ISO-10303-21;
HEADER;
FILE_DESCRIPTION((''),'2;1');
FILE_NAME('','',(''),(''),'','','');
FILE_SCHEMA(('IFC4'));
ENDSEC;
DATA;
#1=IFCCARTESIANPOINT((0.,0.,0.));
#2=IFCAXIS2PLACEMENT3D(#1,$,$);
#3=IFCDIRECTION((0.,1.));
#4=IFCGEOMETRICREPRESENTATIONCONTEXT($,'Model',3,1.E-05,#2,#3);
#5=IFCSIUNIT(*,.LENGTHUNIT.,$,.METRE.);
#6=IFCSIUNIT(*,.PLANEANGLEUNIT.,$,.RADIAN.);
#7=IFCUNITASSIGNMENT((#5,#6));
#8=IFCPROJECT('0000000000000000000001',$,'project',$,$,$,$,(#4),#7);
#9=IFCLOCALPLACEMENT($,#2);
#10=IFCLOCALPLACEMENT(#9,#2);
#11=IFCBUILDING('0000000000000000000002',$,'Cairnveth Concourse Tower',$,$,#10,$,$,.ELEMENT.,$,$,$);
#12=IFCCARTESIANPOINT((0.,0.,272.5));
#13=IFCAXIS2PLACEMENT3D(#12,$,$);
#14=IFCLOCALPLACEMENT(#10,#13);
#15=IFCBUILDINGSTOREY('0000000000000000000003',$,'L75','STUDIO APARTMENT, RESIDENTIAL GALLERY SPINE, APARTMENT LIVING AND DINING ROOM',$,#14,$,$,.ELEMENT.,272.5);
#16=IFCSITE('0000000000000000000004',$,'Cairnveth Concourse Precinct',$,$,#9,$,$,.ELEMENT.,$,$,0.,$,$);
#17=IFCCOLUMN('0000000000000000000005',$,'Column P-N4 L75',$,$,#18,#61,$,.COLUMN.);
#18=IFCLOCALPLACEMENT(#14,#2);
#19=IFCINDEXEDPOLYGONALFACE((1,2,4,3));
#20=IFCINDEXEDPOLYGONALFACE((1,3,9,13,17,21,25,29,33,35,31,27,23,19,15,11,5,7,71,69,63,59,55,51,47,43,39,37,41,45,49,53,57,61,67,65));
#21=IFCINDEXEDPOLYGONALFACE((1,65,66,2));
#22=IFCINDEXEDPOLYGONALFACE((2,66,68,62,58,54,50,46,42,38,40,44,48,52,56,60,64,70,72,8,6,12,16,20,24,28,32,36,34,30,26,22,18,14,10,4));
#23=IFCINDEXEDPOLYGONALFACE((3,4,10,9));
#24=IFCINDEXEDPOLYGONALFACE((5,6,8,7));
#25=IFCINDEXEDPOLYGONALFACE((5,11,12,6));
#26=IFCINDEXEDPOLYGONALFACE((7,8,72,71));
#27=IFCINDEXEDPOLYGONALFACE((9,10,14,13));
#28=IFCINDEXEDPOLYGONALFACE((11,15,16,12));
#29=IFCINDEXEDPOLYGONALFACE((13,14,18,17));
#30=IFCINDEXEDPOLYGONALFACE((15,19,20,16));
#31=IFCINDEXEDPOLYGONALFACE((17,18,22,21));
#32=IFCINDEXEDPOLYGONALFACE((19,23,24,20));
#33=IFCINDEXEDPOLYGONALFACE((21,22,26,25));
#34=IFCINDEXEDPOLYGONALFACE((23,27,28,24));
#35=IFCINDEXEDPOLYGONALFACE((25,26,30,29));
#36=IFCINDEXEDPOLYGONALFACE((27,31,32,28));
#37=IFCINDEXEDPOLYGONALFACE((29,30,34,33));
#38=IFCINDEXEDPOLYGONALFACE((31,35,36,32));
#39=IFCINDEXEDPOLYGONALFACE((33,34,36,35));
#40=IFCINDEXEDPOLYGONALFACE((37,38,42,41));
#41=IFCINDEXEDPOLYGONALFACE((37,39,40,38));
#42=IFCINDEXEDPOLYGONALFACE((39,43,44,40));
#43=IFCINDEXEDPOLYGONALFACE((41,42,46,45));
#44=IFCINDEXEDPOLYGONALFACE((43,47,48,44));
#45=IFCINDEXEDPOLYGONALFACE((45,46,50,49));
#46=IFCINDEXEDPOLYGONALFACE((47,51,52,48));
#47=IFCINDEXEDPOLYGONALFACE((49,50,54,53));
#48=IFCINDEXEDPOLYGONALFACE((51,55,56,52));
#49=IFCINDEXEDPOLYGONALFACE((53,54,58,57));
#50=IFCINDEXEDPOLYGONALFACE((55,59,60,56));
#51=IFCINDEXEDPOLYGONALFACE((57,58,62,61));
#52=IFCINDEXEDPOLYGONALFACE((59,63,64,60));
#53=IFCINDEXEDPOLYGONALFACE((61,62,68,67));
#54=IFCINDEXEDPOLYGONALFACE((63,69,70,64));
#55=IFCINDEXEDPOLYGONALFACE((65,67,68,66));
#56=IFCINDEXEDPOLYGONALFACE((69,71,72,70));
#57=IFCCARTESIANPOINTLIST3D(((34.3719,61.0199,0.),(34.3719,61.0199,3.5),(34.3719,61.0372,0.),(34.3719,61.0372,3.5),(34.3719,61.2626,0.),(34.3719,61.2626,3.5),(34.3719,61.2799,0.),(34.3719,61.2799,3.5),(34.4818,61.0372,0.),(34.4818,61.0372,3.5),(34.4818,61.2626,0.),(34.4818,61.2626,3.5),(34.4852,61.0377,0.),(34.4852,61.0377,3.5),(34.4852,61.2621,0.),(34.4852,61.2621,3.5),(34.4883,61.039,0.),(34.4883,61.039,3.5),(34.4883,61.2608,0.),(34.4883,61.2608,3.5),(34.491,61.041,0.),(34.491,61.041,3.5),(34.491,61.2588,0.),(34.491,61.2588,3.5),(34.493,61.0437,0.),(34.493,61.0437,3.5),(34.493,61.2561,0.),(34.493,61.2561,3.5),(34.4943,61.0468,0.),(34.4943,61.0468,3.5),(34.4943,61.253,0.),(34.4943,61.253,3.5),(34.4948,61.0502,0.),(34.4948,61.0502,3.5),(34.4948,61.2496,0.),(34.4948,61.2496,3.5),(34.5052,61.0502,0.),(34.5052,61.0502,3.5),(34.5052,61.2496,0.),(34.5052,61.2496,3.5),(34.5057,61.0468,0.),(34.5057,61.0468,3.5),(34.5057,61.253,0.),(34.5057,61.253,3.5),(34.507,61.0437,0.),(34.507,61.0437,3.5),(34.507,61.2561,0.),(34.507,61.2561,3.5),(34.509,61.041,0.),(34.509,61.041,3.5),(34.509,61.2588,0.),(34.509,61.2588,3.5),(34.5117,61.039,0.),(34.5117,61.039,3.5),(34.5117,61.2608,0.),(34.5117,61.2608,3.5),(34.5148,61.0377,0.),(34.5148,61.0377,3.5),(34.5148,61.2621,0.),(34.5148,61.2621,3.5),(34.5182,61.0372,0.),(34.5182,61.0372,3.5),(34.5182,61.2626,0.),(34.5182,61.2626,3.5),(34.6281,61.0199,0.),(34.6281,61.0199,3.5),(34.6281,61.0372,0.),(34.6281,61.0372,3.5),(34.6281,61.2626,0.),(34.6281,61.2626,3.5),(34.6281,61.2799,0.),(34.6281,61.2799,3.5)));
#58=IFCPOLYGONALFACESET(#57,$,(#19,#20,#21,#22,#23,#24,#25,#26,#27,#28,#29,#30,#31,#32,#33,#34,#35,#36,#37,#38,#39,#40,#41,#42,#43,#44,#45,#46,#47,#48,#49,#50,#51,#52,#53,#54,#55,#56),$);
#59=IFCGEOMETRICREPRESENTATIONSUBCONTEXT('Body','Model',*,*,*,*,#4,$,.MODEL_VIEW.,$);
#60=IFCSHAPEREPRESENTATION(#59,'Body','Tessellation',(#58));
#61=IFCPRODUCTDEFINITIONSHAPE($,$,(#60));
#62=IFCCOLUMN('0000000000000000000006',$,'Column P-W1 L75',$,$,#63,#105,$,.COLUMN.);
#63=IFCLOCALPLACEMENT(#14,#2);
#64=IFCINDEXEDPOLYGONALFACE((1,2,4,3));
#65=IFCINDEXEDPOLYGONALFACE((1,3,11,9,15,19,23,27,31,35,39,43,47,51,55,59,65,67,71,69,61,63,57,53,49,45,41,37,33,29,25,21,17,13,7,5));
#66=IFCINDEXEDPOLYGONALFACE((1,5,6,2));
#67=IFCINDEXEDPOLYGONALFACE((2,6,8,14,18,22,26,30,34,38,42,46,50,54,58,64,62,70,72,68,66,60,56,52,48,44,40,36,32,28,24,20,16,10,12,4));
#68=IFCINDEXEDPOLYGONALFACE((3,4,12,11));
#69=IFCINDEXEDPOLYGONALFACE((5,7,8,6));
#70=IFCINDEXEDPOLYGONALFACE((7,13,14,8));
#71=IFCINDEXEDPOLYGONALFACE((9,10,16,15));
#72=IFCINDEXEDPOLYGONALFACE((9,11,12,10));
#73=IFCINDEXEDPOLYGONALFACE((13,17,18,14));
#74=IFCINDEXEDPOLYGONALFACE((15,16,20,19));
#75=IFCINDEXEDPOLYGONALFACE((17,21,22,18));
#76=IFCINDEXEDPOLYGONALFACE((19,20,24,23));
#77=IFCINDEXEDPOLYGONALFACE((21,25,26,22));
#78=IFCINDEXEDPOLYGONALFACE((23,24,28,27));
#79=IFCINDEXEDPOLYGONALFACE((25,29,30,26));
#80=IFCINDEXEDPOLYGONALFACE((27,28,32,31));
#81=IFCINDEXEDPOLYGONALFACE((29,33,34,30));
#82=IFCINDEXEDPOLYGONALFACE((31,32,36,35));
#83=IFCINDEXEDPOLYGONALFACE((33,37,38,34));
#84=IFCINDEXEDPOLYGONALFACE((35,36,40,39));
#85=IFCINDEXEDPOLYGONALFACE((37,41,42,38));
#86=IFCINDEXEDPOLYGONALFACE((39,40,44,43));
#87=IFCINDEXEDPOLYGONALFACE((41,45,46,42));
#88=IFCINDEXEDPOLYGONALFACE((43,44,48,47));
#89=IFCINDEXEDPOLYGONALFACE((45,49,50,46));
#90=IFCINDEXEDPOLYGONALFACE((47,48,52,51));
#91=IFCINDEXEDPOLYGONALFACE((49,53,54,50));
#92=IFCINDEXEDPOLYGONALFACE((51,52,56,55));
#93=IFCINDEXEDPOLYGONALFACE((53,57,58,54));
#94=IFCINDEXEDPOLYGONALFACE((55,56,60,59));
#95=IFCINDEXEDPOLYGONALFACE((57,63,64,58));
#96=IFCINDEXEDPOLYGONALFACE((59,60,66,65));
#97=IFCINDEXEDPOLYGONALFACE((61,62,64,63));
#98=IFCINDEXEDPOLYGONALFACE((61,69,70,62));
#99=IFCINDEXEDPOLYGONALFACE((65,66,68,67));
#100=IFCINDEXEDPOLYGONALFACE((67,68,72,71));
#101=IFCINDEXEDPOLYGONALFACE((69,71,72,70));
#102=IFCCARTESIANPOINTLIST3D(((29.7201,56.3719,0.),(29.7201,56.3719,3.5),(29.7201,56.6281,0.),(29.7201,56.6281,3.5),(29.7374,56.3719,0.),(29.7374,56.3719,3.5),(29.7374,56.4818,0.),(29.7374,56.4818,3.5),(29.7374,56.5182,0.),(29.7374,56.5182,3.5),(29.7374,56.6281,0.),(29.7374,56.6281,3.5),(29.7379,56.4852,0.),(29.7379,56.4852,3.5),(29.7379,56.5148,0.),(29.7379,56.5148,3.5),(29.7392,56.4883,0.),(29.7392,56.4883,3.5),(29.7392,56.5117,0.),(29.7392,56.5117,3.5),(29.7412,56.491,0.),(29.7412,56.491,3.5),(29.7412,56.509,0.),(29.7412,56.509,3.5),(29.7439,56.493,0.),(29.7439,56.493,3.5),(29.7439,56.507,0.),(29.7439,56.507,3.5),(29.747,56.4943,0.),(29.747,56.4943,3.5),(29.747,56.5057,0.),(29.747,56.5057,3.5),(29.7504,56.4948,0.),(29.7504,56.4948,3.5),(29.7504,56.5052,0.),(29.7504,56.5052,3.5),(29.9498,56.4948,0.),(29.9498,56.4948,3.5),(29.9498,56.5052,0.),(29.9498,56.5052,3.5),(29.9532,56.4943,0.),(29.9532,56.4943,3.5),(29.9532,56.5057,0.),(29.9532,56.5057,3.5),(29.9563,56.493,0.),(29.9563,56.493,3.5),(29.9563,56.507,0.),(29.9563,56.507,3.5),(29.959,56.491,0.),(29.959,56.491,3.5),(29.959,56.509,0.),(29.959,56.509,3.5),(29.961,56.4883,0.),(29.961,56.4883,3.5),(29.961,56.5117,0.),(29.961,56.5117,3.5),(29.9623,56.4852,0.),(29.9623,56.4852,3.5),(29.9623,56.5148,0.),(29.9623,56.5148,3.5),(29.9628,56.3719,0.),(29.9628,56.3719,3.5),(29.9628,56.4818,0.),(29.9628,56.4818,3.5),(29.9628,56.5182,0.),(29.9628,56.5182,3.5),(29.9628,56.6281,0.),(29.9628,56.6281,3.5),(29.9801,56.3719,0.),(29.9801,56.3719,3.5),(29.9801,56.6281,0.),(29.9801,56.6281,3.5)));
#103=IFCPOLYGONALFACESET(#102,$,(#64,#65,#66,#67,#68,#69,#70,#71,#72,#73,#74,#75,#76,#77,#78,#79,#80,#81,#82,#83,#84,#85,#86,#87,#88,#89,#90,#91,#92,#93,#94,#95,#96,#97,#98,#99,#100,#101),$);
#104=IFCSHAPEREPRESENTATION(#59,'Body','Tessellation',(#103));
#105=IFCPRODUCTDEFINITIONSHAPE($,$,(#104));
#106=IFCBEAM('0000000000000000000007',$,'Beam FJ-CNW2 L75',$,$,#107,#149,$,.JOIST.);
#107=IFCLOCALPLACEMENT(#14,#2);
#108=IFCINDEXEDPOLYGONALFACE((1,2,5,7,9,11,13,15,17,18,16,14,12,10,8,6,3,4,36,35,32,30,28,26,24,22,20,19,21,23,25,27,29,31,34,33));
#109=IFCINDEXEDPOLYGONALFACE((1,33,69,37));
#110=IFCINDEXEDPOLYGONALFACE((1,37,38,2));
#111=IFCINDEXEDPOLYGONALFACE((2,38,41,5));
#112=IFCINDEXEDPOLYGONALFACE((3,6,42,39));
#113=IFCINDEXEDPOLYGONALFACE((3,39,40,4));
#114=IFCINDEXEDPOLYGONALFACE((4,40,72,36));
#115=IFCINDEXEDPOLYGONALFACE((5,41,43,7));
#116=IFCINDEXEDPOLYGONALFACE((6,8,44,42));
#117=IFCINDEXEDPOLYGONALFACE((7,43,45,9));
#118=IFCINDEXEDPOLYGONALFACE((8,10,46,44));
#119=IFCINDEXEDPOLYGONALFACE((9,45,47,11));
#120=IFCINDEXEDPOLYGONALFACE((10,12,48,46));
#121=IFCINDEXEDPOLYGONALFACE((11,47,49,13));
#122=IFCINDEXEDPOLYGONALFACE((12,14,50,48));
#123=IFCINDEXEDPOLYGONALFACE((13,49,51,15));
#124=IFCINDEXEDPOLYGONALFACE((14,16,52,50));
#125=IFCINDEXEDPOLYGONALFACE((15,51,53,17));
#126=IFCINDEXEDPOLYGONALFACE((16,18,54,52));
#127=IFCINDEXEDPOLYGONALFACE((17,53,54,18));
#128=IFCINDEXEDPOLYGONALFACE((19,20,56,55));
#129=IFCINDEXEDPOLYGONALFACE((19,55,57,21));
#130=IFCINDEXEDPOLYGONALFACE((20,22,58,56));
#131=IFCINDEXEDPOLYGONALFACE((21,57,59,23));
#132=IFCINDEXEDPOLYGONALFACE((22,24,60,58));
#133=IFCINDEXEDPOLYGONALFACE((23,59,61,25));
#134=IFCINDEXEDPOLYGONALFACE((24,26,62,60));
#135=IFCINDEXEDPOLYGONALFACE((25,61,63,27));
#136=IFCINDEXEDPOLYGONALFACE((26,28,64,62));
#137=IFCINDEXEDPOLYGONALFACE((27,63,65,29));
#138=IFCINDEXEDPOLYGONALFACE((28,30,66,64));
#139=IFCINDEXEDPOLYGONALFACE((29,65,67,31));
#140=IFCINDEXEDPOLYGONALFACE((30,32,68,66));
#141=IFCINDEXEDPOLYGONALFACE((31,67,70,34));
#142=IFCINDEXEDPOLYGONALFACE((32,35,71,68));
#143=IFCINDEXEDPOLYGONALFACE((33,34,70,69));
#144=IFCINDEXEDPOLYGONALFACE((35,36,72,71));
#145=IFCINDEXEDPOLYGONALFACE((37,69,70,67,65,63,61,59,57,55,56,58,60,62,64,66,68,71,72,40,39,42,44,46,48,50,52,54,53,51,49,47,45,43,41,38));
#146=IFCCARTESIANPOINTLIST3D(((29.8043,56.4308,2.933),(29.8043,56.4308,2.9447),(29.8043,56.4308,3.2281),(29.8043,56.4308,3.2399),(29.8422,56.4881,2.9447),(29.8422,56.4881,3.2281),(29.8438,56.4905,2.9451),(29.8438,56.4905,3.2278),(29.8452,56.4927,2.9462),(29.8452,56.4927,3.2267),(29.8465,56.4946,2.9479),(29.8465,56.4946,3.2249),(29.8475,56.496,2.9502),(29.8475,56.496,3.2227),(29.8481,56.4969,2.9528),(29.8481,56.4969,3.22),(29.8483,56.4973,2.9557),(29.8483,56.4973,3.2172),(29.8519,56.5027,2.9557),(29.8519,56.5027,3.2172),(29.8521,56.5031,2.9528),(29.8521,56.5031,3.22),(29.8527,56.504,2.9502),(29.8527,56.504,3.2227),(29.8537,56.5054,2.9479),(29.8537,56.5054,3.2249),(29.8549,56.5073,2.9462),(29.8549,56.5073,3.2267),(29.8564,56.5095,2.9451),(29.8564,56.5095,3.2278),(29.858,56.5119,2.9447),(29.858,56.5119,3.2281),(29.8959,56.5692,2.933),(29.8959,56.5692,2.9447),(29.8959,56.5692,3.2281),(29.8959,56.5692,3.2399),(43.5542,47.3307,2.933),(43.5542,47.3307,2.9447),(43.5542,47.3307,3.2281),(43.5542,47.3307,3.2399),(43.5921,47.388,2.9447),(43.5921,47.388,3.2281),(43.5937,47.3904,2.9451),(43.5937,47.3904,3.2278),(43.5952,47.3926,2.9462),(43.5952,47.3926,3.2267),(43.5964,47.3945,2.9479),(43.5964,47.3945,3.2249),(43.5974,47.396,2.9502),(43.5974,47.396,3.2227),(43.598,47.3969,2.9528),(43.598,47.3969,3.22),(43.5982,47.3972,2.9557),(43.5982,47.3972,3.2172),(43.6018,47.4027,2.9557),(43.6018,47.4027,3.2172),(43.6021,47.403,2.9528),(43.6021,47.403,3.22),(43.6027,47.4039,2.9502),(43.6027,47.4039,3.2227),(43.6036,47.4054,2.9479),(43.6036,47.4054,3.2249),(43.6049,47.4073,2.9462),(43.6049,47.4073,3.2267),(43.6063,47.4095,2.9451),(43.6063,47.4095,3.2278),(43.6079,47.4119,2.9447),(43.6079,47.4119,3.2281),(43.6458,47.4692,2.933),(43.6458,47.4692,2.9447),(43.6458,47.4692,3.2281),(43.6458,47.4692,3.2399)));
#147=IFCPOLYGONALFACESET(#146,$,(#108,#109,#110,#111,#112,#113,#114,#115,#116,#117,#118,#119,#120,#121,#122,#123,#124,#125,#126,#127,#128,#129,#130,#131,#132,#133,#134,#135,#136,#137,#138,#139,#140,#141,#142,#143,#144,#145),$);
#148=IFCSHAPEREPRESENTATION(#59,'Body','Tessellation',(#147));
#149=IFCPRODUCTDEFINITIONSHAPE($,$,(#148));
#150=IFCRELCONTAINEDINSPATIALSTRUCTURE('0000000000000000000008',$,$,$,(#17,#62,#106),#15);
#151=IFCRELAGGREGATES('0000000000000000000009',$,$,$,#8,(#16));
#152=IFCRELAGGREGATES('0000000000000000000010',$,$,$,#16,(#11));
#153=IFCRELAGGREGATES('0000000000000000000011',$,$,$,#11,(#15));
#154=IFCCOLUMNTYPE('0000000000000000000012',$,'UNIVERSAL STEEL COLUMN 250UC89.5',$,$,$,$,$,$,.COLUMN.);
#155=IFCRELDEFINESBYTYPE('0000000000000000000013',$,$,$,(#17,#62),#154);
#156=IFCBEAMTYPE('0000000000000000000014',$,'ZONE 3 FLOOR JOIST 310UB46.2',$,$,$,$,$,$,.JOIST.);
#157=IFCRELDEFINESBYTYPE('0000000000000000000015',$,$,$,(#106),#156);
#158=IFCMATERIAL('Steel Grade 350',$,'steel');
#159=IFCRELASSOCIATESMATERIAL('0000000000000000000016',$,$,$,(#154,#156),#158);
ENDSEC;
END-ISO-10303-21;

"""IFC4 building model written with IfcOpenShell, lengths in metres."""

from ifc_helpers import new_model, si_unit, direction, frame, origin, origin_2d, place, context, subcontext, project, spatial, i_section, extrude, material, material_profile, profile_set, type_object, element, save


model = new_model("IFC4")

# Units and contexts
model_context = context("Model", 3, precision=1e-05, world=origin(), true_north=direction((0.0, 1.0)))
body_context = subcontext(model_context, "Body", "Model", "MODEL_VIEW")
ifc_project = project(units=[si_unit("LENGTHUNIT", "METRE"), si_unit("PLANEANGLEUNIT", "RADIAN")], contexts=[model_context])

# Site, building, storey
site_placement = place(None, origin())
site = spatial("IfcSite", under=ifc_project, at=site_placement, Name="Cairnveth Concourse Precinct", CompositionType="ELEMENT", RefElevation=0.0)
building_placement = place(site_placement, origin())
building = spatial("IfcBuilding", under=site, at=building_placement, Name="Cairnveth Concourse Tower", CompositionType="ELEMENT")
storey_placement = place(building_placement, frame((0.0, 0.0, 272.5)))
storey = spatial("IfcBuildingStorey", under=building, at=storey_placement, Name="L75", Description="STUDIO APARTMENT, RESIDENTIAL GALLERY SPINE, APARTMENT LIVING AND DINING ROOM", CompositionType="ELEMENT", Elevation=272.5)

# Columns
ifc_material_1 = material(Name="Steel Grade 350", Category="steel")
ifc_material_profile_1 = material_profile(ifc_material_1, i_section(OverallWidth=0.2561, OverallDepth=0.26, WebThickness=0.0105, FlangeThickness=0.0173, FilletRadius=0.0129, at=origin_2d()), Name="250UC89.5")
ifc_profile_set_1 = profile_set([ifc_material_profile_1], Name="Steel Grade 350")
column_type = type_object("IfcColumnType", Name="UNIVERSAL STEEL COLUMN 250UC89.5", PredefinedType="COLUMN", material=ifc_profile_set_1)
for number, where, z_axis, x_axis, name in (
    (1, (34.5, 61.1499, 0.0), (0.0, 0.0, 1.0), (1.0, 0.0, 0.0), "Column P-N4 L75"),
    (2, (29.8501, 56.5, 0.0), (0.0, 0.0, 1.0), (0.0, 1.0, 0.0), "Column P-W1 L75"),
):
    element("IfcColumn", number, at=place(storey_placement, frame(where, z_axis=z_axis, x_axis=x_axis)), inside=storey, type_object=column_type, Name=name, PredefinedType="COLUMN", context=body_context, shape_type="SweptSolid", body=[
        extrude(i_section(OverallWidth=0.2561, OverallDepth=0.26, WebThickness=0.0105, FlangeThickness=0.0173, FilletRadius=0.0129, at=origin_2d()), origin(), (0.0, 0.0, 1.0), 3.5),
    ])

# Beam
ifc_material_profile_2 = material_profile(ifc_material_1, i_section(OverallWidth=0.166, OverallDepth=0.3069, WebThickness=0.0066, FlangeThickness=0.0117, FilletRadius=0.011, at=origin_2d()), Name="310UB46.2")
ifc_profile_set_2 = profile_set([ifc_material_profile_2], Name="Steel Grade 350")
beam_type_1 = type_object("IfcBeamType", Name="ZONE 3 FLOOR JOIST 310UB46.2", PredefinedType="JOIST", material=ifc_profile_set_2)
beam_1_placement = place(storey_placement, frame((29.8501, 56.5, 3.0864), z_axis=(0.833909, -0.551902, 0.0), x_axis=(0.551902, 0.833909, 0.0)))
element("IfcBeam", 3, at=beam_1_placement, inside=storey, type_object=beam_type_1, Name="Beam FJ-CNW2 L75", PredefinedType="JOIST", context=body_context, shape_type="SweptSolid", body=[
    extrude(i_section(OverallWidth=0.166, OverallDepth=0.3069, WebThickness=0.0066, FlangeThickness=0.0117, FilletRadius=0.011, at=origin_2d()), origin(), (0.0, 0.0, 1.0), 16.4885),
])

save(model, "model.ifc")
